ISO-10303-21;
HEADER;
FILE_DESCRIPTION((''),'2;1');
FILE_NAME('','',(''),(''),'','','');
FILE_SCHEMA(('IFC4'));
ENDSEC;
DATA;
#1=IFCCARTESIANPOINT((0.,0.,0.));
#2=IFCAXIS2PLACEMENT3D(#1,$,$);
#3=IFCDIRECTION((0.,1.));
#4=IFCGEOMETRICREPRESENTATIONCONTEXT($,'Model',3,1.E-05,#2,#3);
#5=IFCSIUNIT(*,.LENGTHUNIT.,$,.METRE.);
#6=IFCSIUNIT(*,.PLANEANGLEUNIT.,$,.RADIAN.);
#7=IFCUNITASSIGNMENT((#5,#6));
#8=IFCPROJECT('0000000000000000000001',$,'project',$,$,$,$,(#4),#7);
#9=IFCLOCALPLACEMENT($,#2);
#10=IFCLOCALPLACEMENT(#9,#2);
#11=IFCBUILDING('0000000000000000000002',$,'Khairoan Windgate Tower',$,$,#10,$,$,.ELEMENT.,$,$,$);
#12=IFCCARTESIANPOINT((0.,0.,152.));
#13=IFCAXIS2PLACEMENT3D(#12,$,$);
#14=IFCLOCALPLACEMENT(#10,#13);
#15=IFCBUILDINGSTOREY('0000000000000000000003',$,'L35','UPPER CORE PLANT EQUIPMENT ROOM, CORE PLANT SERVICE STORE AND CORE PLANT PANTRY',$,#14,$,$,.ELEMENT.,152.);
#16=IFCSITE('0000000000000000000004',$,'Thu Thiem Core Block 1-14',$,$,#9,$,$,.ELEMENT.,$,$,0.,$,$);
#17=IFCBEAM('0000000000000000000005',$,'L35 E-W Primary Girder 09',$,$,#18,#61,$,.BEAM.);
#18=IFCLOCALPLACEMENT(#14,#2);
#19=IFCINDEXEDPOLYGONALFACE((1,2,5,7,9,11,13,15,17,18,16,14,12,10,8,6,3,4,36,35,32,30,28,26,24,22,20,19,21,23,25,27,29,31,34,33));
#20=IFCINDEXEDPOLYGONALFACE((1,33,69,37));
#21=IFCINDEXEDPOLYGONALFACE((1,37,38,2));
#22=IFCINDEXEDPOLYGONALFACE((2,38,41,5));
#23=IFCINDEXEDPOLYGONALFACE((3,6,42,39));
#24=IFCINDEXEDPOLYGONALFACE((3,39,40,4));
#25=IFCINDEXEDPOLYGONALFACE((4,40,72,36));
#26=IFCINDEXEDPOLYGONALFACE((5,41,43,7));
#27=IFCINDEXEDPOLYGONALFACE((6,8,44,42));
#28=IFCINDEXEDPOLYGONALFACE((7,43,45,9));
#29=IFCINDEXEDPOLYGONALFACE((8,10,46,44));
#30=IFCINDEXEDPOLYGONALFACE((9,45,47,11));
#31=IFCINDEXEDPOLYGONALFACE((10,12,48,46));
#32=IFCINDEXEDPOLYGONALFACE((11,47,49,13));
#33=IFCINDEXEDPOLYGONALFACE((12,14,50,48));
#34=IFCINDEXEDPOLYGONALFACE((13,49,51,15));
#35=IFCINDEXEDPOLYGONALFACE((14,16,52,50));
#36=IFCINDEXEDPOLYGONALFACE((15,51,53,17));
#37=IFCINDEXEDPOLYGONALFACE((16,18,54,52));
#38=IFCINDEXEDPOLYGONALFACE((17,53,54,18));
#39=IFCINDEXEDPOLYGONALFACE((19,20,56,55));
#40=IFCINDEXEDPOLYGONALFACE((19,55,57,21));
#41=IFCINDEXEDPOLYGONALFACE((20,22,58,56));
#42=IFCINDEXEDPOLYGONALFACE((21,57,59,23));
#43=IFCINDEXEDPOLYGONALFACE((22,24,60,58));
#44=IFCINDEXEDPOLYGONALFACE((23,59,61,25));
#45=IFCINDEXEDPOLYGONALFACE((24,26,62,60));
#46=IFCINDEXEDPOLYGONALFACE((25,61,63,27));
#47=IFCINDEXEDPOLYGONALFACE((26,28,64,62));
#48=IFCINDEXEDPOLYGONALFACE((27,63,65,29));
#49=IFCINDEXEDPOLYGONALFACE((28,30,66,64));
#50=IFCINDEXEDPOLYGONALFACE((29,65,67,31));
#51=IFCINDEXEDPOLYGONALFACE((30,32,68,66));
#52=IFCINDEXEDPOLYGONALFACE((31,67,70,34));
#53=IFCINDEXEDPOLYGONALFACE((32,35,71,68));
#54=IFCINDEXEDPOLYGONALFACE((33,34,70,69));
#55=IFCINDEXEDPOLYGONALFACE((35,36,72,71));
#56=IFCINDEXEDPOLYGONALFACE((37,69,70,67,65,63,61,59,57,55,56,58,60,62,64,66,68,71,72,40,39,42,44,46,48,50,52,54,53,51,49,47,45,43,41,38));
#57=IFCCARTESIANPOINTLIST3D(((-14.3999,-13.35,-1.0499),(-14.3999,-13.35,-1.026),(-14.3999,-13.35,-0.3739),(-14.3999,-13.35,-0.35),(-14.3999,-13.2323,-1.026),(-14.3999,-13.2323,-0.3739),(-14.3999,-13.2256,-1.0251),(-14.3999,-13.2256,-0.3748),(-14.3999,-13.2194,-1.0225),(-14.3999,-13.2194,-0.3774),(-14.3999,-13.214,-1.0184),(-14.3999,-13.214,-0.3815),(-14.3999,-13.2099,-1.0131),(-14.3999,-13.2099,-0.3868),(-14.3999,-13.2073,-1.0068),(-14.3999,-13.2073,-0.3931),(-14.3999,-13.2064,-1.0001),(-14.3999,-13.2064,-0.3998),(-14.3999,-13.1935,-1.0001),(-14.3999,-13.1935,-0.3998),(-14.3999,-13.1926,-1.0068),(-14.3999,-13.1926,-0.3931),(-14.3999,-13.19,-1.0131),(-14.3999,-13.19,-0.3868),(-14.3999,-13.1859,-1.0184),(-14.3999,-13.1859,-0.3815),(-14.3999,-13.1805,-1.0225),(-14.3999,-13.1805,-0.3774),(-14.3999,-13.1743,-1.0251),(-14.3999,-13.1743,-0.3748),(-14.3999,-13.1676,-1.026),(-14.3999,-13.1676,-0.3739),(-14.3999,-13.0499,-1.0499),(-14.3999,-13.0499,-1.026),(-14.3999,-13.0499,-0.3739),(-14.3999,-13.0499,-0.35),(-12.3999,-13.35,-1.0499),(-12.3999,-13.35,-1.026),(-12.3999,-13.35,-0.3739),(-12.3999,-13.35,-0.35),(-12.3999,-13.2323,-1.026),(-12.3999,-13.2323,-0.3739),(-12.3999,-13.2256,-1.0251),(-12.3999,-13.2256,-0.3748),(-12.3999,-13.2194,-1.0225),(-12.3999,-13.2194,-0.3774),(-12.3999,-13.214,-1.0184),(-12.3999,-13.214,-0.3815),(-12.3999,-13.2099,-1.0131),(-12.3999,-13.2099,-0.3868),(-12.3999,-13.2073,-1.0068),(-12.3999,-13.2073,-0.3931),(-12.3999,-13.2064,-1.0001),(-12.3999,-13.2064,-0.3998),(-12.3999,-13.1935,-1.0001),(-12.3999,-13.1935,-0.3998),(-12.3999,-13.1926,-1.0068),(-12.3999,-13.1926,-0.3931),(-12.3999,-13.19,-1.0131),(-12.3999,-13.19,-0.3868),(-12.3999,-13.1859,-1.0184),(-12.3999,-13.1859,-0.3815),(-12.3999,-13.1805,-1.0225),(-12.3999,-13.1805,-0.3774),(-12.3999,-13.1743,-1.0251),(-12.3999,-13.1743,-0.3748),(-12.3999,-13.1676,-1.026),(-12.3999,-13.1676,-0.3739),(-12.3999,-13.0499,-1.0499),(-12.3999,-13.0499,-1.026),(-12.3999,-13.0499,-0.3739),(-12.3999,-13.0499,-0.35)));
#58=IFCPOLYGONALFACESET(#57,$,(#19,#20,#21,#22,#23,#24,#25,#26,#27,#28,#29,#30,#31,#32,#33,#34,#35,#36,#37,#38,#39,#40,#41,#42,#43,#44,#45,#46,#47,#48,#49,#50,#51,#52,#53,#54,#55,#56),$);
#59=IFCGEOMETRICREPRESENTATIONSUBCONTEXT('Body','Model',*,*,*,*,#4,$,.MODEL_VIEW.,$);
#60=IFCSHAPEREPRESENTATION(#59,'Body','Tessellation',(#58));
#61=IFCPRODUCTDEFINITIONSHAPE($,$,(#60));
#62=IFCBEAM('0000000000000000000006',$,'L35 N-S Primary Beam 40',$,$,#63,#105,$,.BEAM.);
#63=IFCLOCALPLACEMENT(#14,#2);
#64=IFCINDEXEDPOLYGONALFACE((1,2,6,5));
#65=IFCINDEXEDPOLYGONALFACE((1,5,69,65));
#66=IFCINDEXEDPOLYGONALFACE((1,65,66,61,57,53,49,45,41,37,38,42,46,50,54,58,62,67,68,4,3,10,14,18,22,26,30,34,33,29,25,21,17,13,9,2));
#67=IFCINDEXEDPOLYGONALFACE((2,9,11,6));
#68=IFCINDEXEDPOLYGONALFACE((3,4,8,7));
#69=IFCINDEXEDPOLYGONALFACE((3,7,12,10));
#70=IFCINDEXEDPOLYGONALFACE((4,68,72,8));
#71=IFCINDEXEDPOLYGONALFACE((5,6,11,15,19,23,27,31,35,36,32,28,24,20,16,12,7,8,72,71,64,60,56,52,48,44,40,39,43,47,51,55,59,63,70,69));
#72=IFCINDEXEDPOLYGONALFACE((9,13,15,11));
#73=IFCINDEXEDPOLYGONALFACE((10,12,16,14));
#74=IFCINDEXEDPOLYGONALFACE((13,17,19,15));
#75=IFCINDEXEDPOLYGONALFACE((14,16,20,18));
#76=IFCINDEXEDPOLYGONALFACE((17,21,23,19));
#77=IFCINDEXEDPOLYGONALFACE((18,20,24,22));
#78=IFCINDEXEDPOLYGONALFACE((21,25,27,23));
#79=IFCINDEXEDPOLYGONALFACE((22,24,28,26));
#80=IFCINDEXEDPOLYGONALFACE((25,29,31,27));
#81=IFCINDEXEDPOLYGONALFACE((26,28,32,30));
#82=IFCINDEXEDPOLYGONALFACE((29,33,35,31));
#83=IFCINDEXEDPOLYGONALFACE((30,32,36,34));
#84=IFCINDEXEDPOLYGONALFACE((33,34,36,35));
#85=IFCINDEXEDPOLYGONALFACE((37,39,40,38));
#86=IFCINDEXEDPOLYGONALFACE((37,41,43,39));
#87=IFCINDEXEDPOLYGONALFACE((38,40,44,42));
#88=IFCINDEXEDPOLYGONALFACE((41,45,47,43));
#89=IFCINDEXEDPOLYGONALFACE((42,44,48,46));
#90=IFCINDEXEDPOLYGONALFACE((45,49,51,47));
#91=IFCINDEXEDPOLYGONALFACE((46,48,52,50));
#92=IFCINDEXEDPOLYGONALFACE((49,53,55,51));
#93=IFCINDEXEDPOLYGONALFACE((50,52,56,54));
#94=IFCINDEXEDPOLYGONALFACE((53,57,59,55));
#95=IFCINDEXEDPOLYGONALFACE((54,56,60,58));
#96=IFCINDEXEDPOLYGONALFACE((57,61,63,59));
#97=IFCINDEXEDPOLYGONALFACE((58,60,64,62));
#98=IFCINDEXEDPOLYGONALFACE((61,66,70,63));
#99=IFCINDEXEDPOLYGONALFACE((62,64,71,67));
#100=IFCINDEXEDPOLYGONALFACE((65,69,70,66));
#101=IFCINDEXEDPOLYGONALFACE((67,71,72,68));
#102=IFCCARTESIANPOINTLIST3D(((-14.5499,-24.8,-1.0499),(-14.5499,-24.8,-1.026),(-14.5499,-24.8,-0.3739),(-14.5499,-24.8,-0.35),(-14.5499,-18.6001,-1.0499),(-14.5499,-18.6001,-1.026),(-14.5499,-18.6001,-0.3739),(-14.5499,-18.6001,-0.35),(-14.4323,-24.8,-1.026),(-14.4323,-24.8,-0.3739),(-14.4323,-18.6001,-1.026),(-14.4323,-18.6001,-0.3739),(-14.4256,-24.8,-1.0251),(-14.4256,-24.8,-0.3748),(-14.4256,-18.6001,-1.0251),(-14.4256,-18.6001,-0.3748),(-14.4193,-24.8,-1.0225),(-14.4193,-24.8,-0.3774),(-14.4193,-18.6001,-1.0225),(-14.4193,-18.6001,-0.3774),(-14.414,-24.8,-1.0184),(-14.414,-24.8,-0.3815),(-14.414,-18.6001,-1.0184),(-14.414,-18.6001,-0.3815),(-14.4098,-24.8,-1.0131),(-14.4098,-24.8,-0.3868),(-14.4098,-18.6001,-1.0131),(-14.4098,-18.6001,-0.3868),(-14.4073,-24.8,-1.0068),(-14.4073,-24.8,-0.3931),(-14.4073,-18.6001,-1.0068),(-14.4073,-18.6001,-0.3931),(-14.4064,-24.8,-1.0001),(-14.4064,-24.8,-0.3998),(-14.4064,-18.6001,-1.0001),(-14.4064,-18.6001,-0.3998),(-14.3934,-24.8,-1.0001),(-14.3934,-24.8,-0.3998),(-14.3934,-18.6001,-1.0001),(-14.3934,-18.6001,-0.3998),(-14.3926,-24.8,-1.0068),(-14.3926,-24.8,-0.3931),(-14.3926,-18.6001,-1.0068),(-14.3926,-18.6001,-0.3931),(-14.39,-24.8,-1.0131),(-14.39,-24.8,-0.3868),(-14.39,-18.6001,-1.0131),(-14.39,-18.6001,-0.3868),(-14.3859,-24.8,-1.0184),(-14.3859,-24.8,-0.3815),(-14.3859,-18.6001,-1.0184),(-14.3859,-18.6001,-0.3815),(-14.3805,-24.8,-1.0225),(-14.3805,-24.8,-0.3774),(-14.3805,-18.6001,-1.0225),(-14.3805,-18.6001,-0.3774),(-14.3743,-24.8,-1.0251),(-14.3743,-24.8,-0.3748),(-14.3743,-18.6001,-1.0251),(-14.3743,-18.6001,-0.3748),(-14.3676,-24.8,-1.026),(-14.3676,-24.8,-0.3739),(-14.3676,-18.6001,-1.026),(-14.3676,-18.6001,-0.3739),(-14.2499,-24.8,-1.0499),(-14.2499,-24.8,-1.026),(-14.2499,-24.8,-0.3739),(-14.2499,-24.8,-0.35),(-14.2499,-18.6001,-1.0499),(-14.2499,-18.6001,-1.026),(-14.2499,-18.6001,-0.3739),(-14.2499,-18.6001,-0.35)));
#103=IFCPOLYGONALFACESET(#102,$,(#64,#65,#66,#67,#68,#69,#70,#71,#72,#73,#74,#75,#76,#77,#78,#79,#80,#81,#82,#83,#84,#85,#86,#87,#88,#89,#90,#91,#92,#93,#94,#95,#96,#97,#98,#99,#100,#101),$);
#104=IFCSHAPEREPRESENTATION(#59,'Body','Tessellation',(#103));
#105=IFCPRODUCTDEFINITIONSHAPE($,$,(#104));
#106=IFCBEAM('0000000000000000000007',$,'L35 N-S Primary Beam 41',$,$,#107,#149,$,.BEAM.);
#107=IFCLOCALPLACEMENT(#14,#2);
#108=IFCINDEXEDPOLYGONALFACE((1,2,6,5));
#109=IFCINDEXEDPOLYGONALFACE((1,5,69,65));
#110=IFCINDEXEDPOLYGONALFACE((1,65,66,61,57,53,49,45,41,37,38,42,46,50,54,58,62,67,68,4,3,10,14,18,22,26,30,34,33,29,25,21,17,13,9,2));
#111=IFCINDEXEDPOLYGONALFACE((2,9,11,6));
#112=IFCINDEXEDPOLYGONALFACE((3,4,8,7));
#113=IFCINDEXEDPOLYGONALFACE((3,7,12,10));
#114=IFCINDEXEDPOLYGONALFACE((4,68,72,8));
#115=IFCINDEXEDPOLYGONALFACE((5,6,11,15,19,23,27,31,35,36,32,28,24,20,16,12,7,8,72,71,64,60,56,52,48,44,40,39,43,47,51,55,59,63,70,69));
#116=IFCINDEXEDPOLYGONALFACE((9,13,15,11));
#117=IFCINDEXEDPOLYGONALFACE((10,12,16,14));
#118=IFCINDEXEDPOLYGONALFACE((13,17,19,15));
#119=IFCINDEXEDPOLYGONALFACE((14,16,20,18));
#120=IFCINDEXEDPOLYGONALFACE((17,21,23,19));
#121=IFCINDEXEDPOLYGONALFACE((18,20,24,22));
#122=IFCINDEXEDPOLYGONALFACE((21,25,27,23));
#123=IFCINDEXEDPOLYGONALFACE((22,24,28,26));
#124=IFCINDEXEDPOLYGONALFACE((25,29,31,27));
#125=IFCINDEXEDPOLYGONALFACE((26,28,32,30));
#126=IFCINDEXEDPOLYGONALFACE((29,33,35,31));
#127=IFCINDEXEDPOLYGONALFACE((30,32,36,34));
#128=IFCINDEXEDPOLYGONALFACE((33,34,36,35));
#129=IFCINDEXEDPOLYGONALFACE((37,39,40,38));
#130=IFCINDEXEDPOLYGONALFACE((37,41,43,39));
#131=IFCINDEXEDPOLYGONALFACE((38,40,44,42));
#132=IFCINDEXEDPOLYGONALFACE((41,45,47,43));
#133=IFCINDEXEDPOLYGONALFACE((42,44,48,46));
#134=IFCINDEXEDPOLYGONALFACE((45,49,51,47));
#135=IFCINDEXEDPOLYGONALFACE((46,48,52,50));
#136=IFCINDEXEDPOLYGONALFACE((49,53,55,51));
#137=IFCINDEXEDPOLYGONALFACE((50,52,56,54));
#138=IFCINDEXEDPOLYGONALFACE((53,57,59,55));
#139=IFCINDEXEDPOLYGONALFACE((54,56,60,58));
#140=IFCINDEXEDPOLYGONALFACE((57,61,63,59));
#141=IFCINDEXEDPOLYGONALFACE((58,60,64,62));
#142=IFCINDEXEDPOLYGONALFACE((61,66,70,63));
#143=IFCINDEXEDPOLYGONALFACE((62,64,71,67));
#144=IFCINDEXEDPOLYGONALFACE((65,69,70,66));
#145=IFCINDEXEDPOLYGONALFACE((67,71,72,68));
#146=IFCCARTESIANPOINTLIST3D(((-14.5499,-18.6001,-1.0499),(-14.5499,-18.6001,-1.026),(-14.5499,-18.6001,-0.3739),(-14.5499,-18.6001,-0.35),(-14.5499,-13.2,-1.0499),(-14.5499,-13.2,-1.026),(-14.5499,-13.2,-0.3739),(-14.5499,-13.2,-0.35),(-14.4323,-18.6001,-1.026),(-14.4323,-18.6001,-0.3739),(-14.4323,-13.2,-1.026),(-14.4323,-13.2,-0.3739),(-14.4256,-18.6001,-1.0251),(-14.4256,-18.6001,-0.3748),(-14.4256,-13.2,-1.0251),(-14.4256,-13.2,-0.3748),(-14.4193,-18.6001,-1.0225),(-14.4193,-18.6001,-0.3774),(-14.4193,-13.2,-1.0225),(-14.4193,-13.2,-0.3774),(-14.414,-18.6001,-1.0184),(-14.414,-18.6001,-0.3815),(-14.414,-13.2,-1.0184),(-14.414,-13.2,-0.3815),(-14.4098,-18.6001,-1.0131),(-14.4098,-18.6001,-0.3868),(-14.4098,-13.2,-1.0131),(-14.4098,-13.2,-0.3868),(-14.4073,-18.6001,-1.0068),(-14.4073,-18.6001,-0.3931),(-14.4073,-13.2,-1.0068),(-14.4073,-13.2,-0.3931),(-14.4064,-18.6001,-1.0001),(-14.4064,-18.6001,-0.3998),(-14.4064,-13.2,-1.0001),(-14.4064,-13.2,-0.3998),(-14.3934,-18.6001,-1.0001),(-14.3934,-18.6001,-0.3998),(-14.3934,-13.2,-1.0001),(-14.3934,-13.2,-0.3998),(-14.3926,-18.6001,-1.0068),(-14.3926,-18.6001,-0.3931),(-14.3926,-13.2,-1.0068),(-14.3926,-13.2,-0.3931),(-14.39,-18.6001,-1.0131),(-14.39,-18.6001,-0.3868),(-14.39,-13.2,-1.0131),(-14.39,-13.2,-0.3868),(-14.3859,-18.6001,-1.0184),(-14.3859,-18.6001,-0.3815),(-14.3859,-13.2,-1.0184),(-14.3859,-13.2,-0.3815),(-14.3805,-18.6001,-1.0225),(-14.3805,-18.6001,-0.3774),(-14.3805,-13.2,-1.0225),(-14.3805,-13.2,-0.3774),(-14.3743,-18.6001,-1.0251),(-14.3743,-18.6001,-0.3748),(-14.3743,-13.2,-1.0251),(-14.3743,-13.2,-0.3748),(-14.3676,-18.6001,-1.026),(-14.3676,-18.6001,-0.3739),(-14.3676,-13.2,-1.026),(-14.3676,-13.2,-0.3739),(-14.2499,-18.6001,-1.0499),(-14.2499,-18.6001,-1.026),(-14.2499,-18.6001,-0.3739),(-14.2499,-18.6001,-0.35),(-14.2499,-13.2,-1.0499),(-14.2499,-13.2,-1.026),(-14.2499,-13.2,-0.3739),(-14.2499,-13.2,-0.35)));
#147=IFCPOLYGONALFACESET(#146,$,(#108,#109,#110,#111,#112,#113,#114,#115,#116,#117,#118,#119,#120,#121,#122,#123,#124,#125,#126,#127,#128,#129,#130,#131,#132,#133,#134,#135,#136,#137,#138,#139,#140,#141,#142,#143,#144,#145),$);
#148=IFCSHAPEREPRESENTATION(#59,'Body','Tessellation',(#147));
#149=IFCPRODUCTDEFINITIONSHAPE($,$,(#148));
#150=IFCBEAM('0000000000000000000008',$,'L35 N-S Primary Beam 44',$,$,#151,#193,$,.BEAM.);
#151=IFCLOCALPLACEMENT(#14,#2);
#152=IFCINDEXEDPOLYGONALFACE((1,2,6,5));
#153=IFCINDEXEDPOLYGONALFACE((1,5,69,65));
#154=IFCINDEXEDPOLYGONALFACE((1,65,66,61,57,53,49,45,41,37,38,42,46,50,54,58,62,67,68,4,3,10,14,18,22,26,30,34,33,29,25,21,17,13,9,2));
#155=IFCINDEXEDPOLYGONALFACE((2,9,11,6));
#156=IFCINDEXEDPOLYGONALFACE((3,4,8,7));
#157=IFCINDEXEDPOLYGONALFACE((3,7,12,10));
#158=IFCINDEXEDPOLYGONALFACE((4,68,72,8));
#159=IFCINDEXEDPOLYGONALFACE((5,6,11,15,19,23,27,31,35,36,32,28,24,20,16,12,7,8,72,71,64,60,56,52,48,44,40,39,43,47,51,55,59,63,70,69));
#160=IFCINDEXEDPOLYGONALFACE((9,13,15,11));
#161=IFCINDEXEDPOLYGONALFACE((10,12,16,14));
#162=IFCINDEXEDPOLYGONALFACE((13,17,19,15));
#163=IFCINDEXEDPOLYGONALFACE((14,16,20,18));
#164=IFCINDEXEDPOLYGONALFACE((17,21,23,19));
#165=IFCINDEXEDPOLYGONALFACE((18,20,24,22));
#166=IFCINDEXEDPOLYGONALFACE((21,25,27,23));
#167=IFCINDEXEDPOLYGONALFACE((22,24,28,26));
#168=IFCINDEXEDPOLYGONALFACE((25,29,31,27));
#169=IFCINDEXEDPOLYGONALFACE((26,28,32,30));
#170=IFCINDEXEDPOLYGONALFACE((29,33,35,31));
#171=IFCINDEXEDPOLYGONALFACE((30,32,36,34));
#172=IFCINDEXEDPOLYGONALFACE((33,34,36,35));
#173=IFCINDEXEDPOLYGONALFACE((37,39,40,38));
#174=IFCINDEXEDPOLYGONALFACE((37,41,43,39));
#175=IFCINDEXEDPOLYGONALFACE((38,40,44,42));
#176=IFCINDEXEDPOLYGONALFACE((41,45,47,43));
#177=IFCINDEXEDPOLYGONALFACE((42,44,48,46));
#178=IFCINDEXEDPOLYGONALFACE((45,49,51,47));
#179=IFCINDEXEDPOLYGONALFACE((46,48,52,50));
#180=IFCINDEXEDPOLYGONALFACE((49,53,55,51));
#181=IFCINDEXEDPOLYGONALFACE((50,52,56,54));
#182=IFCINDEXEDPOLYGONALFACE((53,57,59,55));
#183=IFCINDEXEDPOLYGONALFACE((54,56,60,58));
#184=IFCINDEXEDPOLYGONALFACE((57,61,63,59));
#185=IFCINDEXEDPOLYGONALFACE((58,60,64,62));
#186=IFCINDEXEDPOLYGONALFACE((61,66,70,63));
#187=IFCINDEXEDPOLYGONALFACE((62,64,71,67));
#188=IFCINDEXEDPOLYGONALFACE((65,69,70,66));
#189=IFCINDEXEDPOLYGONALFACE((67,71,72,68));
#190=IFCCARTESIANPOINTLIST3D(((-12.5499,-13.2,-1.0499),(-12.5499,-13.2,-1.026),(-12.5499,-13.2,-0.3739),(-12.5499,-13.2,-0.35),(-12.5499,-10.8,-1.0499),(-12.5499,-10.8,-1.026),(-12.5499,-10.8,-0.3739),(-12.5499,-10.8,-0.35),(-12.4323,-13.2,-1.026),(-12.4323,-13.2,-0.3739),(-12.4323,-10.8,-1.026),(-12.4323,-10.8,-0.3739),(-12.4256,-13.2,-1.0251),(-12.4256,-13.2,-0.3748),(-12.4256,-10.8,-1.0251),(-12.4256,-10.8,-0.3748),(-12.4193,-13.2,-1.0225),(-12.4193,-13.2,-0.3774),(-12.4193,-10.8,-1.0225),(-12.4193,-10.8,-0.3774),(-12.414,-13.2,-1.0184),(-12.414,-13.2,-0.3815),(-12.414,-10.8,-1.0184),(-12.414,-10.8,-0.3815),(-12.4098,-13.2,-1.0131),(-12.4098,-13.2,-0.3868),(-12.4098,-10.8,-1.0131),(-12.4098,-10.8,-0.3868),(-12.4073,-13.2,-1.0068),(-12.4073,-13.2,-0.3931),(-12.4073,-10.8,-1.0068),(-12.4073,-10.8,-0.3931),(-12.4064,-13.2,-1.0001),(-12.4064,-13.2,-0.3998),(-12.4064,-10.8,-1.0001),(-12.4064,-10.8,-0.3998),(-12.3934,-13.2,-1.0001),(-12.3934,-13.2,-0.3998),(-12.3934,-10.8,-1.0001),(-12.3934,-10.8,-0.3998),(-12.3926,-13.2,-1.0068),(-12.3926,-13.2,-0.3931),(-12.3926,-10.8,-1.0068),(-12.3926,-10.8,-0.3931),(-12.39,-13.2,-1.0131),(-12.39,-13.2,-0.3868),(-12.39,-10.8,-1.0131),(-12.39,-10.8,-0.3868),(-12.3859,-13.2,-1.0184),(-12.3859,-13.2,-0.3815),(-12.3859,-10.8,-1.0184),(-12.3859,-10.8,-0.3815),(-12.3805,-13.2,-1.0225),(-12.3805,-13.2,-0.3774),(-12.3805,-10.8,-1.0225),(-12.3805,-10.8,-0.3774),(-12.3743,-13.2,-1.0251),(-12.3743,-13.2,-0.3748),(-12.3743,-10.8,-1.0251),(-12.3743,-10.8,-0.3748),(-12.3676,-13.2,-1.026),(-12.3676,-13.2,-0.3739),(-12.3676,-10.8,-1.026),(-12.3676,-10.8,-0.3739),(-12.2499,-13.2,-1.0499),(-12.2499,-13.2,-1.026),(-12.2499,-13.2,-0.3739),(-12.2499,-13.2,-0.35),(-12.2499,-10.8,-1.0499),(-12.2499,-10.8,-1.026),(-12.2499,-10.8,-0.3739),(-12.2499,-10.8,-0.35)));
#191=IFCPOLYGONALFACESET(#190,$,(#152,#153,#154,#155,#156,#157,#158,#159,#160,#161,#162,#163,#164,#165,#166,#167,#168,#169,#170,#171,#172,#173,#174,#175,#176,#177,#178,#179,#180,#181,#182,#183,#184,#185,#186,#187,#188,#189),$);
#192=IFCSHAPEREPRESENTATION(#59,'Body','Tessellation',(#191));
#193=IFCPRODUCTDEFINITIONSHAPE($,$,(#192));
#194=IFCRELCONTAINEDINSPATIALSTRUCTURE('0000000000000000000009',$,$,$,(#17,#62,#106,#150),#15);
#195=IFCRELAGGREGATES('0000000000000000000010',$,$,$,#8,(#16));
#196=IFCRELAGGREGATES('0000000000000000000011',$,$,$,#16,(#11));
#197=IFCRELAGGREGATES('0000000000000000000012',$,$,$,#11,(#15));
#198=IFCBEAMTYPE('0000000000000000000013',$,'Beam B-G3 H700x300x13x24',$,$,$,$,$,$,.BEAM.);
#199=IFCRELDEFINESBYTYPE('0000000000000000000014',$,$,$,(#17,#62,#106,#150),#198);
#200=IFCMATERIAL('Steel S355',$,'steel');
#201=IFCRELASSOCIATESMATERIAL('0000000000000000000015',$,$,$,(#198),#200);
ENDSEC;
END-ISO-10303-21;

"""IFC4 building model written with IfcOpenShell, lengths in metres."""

from ifc_helpers import new_model, si_unit, direction, frame, origin, origin_2d, place, context, subcontext, project, spatial, i_section, extrude, material, material_profile, profile_set, type_object, element, save


model = new_model("IFC4")

# Units and contexts
model_context = context("Model", 3, precision=1e-05, world=origin(), true_north=direction((0.0, 1.0)))
body_context = subcontext(model_context, "Body", "Model", "MODEL_VIEW")
ifc_project = project(units=[si_unit("LENGTHUNIT", "METRE"), si_unit("PLANEANGLEUNIT", "RADIAN")], contexts=[model_context])

# Site, building, storey
site_placement = place(None, origin())
site = spatial("IfcSite", under=ifc_project, at=site_placement, Name="Thu Thiem Core Block 1-14", CompositionType="ELEMENT", RefElevation=0.0)
building_placement = place(site_placement, origin())
building = spatial("IfcBuilding", under=site, at=building_placement, Name="Khairoan Windgate Tower", CompositionType="ELEMENT")
storey_placement = place(building_placement, frame((0.0, 0.0, 152.0)))
storey = spatial("IfcBuildingStorey", under=building, at=storey_placement, Name="L35", Description="UPPER CORE PLANT EQUIPMENT ROOM, CORE PLANT SERVICE STORE AND CORE PLANT PANTRY", CompositionType="ELEMENT", Elevation=152.0)

# Beams
ifc_material_1 = material(Name="Steel S355", Category="steel")
ifc_material_profile_1 = material_profile(ifc_material_1, i_section(OverallWidth=0.3, OverallDepth=0.7, WebThickness=0.0129, FlangeThickness=0.0239, FilletRadius=0.0259, at=origin_2d()))
ifc_profile_set_1 = profile_set([ifc_material_profile_1], Name="Steel S355")
beam_type_1 = type_object("IfcBeamType", Name="Beam B-G3 H700x300x13x24", PredefinedType="BEAM", material=ifc_profile_set_1)
beam_1_placement = place(storey_placement, frame((-14.3999, -13.2, -0.7), z_axis=(1.0, 0.0, 0.0), x_axis=(0.0, 1.0, 0.0)))
element("IfcBeam", 1, at=beam_1_placement, inside=storey, type_object=beam_type_1, Name="L35 E-W Primary Girder 09", PredefinedType="BEAM", context=body_context, shape_type="SweptSolid", body=[
    extrude(i_section(OverallWidth=0.3, OverallDepth=0.7, WebThickness=0.0129, FlangeThickness=0.0239, FilletRadius=0.0259, at=origin_2d()), origin(), (0.0, 0.0, 1.0), 2.0),
])
beam_2_placement = place(storey_placement, frame((-14.3999, -24.8, -0.7), z_axis=(0.0, 1.0, 0.0), x_axis=(-1.0, 0.0, 0.0)))
element("IfcBeam", 2, at=beam_2_placement, inside=storey, type_object=beam_type_1, Name="L35 N-S Primary Beam 40", PredefinedType="BEAM", context=body_context, shape_type="SweptSolid", body=[
    extrude(i_section(OverallWidth=0.3, OverallDepth=0.7, WebThickness=0.0129, FlangeThickness=0.0239, FilletRadius=0.0259, at=origin_2d()), origin(), (0.0, 0.0, 1.0), 6.2),
])
beam_3_placement = place(storey_placement, frame((-14.3999, -18.6001, -0.7), z_axis=(0.0, 1.0, 0.0), x_axis=(-1.0, 0.0, 0.0)))
element("IfcBeam", 3, at=beam_3_placement, inside=storey, type_object=beam_type_1, Name="L35 N-S Primary Beam 41", PredefinedType="BEAM", context=body_context, shape_type="SweptSolid", body=[
    extrude(i_section(OverallWidth=0.3, OverallDepth=0.7, WebThickness=0.0129, FlangeThickness=0.0239, FilletRadius=0.0259, at=origin_2d()), origin(), (0.0, 0.0, 1.0), 5.4001),
])
beam_4_placement = place(storey_placement, frame((-12.3999, -13.2, -0.7), z_axis=(0.0, 1.0, 0.0), x_axis=(-1.0, 0.0, 0.0)))
element("IfcBeam", 4, at=beam_4_placement, inside=storey, type_object=beam_type_1, Name="L35 N-S Primary Beam 44", PredefinedType="BEAM", context=body_context, shape_type="SweptSolid", body=[
    extrude(i_section(OverallWidth=0.3, OverallDepth=0.7, WebThickness=0.0129, FlangeThickness=0.0239, FilletRadius=0.0259, at=origin_2d()), origin(), (0.0, 0.0, 1.0), 2.3999),
])

save(model, "model.ifc")
